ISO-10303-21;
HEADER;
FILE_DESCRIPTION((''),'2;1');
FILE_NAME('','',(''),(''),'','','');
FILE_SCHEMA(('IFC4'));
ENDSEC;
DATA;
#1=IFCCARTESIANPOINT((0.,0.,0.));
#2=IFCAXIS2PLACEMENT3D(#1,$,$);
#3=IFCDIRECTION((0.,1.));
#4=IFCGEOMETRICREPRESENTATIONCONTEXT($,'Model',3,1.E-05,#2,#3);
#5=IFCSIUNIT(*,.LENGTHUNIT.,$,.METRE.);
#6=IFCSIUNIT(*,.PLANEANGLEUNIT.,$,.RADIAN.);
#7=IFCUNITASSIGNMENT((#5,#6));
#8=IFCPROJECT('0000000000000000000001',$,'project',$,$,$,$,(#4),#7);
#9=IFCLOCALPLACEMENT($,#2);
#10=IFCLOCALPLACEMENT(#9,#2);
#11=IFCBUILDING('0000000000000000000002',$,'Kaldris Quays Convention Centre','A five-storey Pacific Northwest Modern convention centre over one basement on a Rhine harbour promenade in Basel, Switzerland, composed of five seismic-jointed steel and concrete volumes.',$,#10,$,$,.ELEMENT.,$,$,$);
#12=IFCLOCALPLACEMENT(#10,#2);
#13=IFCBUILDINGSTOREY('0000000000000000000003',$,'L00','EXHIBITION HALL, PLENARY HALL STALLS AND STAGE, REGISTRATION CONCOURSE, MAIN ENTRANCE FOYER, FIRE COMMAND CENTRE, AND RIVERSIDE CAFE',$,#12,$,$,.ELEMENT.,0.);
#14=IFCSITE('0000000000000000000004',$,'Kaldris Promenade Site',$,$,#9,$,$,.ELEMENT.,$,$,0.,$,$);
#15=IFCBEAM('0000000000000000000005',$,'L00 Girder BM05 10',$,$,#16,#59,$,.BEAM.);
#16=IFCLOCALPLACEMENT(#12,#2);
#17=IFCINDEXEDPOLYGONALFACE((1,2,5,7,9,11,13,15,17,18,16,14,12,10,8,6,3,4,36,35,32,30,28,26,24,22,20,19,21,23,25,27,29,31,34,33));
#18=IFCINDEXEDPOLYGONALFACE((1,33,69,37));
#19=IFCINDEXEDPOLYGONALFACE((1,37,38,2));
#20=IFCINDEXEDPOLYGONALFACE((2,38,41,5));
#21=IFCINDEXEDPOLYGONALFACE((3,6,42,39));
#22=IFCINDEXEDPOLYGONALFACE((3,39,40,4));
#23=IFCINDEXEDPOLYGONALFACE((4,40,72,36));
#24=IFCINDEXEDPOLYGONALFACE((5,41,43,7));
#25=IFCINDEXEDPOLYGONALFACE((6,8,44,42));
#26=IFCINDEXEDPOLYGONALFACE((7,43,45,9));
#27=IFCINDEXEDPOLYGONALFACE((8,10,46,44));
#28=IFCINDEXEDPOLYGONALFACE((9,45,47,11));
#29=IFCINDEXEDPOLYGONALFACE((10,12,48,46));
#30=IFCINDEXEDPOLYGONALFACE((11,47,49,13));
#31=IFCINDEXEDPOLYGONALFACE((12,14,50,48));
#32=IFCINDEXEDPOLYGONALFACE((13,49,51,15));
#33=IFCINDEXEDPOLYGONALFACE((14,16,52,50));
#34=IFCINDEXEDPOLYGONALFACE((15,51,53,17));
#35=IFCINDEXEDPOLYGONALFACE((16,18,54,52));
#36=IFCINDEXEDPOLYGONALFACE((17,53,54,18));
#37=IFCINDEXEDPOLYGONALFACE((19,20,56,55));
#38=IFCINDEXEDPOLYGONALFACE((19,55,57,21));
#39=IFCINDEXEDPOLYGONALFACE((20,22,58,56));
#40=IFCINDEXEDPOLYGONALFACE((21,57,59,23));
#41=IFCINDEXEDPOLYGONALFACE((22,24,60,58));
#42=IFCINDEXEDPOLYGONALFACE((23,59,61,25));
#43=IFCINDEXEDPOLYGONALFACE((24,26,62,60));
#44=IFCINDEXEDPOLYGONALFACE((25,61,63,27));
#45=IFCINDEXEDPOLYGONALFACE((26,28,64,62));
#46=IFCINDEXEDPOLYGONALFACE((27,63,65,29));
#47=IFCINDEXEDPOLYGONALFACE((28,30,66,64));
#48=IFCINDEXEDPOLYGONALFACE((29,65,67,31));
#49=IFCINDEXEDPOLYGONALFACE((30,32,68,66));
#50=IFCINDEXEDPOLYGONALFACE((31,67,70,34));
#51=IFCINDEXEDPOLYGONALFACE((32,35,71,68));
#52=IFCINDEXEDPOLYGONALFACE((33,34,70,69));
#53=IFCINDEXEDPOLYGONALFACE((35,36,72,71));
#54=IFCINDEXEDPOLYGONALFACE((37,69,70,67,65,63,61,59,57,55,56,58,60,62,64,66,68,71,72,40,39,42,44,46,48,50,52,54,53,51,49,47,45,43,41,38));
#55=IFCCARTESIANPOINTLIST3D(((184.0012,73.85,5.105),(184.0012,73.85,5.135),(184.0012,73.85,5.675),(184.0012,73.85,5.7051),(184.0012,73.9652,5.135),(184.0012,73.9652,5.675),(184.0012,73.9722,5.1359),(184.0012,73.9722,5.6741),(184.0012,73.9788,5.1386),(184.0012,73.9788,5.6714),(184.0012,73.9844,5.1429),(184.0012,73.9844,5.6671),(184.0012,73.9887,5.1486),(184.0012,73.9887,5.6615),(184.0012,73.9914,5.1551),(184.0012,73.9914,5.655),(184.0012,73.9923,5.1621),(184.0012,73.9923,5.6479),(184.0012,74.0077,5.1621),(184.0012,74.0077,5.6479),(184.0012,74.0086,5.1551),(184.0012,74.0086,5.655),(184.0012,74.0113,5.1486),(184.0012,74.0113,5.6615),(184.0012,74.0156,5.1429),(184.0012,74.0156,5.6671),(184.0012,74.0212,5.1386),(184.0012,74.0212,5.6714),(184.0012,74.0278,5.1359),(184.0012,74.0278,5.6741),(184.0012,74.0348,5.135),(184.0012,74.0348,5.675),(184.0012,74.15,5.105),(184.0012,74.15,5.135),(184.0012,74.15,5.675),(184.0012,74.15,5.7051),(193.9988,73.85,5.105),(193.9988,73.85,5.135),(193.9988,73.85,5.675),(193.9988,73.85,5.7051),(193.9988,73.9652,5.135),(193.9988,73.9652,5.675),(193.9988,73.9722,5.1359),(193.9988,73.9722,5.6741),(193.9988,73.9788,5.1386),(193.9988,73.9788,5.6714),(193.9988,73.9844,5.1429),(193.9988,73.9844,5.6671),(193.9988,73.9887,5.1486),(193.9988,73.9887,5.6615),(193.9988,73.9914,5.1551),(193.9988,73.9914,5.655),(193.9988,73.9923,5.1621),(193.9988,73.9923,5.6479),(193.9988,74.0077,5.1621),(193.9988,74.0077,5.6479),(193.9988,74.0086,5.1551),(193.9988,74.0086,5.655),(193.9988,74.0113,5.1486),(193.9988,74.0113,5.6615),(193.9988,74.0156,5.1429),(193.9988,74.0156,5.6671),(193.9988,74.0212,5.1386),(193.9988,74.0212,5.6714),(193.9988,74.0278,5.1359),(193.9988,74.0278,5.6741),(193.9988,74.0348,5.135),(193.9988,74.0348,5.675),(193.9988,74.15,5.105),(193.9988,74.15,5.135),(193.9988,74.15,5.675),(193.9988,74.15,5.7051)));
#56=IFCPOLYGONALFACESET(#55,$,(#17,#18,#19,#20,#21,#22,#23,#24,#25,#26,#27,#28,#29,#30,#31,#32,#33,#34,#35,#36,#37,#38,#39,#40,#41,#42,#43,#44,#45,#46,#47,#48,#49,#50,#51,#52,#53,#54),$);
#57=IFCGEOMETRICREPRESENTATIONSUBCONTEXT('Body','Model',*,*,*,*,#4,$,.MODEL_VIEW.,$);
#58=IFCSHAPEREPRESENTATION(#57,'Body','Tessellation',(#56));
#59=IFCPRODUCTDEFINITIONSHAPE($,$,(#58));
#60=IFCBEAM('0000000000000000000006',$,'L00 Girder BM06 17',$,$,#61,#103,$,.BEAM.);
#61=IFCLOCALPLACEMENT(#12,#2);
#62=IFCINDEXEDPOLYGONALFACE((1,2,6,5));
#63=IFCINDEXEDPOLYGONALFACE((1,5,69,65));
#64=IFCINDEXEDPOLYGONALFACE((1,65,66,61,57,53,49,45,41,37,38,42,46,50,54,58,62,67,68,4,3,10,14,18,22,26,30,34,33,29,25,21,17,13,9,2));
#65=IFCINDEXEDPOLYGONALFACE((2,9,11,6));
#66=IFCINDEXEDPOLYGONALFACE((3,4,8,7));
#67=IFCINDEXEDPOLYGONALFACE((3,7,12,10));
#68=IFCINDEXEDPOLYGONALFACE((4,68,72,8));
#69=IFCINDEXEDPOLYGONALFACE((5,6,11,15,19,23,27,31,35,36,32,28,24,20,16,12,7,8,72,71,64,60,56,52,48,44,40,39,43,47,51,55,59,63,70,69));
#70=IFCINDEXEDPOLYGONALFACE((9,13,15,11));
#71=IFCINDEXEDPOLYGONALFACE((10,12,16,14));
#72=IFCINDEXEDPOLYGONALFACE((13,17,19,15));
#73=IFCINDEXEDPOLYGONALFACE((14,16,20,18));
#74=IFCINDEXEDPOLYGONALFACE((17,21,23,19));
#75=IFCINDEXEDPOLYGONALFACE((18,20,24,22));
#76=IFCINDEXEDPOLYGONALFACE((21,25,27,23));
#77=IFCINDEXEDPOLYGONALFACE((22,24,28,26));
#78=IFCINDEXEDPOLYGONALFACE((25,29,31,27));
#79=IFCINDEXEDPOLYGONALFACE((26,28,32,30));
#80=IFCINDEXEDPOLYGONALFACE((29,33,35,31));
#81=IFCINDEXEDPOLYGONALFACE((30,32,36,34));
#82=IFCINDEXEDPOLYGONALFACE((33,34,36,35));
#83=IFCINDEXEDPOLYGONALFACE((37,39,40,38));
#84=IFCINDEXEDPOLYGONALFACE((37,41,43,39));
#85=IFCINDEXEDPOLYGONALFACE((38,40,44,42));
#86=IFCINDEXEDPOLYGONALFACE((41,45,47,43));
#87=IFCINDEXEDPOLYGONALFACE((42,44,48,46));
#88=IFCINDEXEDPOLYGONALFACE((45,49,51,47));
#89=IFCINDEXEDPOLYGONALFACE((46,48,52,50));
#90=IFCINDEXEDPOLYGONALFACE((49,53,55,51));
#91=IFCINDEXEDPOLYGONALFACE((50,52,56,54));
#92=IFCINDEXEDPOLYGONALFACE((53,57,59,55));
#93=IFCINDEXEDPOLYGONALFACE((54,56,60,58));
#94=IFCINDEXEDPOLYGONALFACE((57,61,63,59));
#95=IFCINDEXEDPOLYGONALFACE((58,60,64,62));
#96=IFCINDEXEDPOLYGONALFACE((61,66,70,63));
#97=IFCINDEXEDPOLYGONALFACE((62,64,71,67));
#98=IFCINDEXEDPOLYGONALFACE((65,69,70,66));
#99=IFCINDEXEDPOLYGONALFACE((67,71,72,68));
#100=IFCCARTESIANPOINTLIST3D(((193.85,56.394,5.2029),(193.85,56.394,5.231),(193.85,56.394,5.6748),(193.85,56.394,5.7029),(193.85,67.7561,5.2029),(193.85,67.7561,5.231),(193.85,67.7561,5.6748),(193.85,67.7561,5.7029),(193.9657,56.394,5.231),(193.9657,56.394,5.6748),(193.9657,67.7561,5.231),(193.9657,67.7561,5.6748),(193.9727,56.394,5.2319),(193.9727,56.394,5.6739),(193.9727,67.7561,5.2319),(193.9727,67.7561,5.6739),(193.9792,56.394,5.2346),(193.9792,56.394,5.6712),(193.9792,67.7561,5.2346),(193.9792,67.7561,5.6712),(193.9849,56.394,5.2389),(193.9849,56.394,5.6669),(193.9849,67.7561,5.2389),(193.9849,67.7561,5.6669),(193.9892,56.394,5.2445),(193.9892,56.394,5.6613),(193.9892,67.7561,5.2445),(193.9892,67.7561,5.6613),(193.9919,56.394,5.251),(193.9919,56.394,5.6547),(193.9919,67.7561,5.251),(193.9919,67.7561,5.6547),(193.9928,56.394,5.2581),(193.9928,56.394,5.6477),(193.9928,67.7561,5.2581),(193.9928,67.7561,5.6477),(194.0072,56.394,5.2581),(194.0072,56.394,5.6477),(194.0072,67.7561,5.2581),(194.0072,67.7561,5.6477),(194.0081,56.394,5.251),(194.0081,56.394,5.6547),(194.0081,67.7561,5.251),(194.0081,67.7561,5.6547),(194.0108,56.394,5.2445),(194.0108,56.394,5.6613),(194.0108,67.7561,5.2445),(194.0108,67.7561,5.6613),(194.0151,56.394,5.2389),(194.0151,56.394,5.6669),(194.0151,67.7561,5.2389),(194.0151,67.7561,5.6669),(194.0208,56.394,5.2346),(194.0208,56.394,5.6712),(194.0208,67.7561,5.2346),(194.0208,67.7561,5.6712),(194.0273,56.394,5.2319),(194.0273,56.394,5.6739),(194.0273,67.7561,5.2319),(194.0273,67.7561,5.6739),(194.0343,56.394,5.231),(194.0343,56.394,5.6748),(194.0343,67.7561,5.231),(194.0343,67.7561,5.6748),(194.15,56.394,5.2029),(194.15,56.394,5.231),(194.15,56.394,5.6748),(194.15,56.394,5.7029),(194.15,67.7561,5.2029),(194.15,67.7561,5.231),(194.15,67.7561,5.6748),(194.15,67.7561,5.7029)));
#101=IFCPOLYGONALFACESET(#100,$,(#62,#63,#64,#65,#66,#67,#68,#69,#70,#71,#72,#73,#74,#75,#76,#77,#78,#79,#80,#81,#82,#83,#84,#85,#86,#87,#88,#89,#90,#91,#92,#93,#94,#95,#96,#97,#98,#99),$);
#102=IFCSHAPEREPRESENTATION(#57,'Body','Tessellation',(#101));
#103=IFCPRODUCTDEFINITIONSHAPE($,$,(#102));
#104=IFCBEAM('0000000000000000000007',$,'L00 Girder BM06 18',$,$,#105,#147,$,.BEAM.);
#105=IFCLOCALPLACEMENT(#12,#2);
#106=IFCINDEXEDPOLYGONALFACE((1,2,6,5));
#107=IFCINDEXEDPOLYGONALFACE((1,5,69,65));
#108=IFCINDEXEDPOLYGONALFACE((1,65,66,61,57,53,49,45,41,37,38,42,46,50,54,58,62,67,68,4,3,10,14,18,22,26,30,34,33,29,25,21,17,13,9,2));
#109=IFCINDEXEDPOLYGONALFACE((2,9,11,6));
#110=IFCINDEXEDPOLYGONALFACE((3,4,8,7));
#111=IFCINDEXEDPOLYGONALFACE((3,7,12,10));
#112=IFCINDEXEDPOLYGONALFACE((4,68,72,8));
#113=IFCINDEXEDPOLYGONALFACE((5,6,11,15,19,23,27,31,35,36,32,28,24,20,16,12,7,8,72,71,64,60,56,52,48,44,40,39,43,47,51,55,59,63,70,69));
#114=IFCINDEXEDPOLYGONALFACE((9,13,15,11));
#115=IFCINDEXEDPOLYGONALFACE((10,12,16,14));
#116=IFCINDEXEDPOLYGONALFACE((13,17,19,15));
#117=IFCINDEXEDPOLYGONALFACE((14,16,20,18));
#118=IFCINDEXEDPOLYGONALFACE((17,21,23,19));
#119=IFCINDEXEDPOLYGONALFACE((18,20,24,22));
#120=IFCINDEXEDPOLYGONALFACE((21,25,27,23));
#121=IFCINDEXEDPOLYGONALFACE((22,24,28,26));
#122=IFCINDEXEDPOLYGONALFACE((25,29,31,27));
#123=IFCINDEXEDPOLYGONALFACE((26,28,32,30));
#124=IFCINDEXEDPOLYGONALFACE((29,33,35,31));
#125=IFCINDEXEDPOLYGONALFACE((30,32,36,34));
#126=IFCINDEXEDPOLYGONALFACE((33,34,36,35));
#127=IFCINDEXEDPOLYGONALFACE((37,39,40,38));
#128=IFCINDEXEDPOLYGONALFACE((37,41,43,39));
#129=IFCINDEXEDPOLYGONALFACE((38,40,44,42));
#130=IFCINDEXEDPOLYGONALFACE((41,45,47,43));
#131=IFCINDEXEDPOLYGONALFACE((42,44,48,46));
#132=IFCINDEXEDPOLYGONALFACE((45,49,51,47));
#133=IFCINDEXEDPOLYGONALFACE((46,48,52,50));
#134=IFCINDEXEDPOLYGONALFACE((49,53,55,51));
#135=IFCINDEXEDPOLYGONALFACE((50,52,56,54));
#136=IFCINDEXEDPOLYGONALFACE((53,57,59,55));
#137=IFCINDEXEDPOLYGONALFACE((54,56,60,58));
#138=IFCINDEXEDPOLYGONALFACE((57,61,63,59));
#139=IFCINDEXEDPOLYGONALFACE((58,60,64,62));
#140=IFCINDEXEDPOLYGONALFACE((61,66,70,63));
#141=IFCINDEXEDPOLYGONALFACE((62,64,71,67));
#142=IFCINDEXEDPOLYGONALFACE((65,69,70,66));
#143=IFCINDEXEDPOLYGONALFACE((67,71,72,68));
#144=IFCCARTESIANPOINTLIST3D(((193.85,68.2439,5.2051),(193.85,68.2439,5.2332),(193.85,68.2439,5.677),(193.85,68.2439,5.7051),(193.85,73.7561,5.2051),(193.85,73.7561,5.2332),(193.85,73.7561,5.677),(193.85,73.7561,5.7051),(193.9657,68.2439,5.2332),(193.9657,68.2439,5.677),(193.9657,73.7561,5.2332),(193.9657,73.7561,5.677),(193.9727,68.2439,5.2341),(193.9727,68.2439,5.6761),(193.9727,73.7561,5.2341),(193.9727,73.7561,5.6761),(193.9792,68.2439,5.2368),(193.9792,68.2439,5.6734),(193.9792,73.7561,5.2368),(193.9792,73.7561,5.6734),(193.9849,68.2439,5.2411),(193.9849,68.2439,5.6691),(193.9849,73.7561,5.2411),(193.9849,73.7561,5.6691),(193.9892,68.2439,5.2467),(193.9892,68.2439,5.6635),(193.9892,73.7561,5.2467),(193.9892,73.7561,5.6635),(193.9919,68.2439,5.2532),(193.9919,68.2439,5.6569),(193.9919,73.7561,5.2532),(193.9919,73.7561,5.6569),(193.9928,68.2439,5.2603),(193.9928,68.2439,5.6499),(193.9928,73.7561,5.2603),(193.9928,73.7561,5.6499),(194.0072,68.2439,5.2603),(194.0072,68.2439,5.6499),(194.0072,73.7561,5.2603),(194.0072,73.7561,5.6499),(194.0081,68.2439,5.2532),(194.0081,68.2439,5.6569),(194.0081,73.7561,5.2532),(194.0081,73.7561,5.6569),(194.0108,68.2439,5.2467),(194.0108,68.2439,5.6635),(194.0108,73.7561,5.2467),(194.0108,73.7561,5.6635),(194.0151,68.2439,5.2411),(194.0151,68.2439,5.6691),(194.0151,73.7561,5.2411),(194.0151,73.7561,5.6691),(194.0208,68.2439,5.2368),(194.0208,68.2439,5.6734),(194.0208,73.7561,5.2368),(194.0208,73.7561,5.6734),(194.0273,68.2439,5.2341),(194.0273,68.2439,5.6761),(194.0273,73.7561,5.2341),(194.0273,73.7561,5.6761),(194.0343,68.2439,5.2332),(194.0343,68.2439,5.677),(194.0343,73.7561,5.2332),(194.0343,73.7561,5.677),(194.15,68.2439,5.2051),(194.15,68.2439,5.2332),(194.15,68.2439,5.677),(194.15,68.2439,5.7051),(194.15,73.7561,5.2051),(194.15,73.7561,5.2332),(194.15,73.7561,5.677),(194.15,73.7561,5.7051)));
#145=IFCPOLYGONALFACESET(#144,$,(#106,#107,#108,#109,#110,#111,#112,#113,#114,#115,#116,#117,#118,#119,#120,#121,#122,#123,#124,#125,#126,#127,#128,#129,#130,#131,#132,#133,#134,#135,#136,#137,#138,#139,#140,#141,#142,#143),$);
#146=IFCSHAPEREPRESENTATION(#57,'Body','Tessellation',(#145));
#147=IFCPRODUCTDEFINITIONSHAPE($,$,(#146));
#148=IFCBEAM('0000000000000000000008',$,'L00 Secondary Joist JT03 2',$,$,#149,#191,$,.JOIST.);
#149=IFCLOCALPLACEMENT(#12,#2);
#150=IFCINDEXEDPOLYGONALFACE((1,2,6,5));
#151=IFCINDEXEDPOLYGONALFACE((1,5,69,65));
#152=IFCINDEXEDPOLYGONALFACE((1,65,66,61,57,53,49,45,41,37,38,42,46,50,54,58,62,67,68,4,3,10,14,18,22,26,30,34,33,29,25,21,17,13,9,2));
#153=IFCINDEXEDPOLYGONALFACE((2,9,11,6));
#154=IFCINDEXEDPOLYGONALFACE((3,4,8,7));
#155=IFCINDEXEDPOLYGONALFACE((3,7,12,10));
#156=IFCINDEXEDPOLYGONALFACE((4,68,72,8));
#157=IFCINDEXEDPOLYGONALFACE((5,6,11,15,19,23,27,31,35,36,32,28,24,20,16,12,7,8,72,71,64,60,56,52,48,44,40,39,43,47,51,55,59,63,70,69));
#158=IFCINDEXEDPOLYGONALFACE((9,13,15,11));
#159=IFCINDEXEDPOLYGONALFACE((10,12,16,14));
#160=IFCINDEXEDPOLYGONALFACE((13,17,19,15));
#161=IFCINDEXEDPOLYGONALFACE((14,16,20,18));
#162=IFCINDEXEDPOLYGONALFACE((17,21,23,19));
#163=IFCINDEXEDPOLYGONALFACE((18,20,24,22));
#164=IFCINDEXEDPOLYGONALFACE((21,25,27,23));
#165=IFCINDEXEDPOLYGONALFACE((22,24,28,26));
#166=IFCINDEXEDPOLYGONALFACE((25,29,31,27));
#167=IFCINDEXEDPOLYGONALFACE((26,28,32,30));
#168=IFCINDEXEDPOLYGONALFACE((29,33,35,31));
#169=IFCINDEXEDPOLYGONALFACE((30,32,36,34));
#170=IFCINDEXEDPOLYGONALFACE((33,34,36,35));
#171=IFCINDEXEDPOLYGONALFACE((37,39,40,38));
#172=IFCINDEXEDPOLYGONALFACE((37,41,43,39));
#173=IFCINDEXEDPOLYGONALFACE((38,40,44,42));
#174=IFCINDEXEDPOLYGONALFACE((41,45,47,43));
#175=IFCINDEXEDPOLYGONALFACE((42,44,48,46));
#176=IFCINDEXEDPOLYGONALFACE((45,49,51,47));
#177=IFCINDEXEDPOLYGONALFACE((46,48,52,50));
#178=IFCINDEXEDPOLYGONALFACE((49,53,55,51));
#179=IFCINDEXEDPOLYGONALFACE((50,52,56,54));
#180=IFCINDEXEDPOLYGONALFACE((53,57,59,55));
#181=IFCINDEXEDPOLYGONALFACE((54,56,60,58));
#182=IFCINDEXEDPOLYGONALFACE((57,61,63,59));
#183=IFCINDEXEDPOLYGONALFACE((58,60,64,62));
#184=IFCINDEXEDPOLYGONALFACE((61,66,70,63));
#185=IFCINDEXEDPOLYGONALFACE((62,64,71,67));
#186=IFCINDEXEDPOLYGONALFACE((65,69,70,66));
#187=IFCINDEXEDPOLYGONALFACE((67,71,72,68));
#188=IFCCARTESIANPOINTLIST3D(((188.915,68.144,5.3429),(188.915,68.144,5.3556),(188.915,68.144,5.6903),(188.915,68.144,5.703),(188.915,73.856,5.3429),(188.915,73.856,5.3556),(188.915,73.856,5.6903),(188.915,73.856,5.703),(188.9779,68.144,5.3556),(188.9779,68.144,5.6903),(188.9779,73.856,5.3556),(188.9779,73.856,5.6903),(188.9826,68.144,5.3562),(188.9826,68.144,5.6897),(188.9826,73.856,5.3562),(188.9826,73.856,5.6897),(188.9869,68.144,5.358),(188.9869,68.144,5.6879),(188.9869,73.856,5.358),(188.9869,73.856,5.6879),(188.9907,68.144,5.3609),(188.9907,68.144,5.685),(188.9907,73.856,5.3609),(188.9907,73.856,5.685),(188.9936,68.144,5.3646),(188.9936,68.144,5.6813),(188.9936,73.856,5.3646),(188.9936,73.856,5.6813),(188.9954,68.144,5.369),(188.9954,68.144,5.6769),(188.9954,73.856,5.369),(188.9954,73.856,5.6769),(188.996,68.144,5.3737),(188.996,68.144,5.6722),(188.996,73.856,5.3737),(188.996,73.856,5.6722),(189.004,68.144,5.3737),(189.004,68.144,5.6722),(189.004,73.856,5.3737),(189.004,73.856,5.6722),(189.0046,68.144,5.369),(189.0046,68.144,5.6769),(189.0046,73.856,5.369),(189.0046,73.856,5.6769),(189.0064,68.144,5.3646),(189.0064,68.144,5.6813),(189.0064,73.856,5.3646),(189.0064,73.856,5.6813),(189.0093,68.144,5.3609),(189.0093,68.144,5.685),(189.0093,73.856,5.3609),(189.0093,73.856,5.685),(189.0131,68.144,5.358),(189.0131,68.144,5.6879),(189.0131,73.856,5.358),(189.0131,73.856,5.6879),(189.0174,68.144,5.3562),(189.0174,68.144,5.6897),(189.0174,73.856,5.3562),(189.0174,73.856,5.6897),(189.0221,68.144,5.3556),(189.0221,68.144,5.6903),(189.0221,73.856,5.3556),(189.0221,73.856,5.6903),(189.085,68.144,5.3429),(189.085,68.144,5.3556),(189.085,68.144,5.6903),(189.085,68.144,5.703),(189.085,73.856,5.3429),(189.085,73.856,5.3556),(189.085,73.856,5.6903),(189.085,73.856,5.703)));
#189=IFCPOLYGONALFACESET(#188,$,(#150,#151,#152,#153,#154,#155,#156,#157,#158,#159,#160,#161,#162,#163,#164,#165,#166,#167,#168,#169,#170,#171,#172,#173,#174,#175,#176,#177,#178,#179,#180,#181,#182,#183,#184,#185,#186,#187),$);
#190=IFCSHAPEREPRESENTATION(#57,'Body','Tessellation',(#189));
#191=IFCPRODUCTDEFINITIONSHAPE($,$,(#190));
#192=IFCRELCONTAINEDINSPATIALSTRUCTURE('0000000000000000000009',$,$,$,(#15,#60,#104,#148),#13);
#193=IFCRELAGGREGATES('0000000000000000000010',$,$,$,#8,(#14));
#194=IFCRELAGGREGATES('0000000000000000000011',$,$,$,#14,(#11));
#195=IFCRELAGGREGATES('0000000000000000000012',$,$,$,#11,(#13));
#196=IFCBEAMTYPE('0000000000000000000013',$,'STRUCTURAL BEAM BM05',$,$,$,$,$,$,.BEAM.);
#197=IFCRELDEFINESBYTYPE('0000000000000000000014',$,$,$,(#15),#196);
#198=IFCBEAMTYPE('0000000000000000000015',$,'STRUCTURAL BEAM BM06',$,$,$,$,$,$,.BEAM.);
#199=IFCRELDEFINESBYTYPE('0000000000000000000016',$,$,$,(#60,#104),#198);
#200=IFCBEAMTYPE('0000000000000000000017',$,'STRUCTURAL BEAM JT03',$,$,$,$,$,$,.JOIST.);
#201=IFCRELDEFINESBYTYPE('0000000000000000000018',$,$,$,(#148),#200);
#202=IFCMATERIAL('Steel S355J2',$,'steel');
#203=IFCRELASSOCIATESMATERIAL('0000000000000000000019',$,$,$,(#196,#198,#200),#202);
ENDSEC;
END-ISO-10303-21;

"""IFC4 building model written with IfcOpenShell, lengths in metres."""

from ifc_helpers import new_model, si_unit, direction, frame, origin, origin_2d, place, context, subcontext, project, spatial, i_section, extrude, material, material_profile, profile_set, type_object, element, save


model = new_model("IFC4")

# Units and contexts
model_context = context("Model", 3, precision=1e-05, world=origin(), true_north=direction((0.0, 1.0)))
body_context = subcontext(model_context, "Body", "Model", "MODEL_VIEW")
ifc_project = project(units=[si_unit("LENGTHUNIT", "METRE"), si_unit("PLANEANGLEUNIT", "RADIAN")], contexts=[model_context])

# Site, building, storey
site_placement = place(None, origin())
site = spatial("IfcSite", under=ifc_project, at=site_placement, Name="Kaldris Promenade Site", CompositionType="ELEMENT", RefElevation=0.0)
building_placement = place(site_placement, origin())
building = spatial("IfcBuilding", under=site, at=building_placement, Name="Kaldris Quays Convention Centre", Description="A five-storey Pacific Northwest Modern convention centre over one basement on a Rhine harbour promenade in Basel, Switzerland, composed of five seismic-jointed steel and concrete volumes.", CompositionType="ELEMENT")
storey_placement = place(building_placement, origin())
storey = spatial("IfcBuildingStorey", under=building, at=storey_placement, Name="L00", Description="EXHIBITION HALL, PLENARY HALL STALLS AND STAGE, REGISTRATION CONCOURSE, MAIN ENTRANCE FOYER, FIRE COMMAND CENTRE, AND RIVERSIDE CAFE", CompositionType="ELEMENT", Elevation=0.0)

# Shared definitions
ifc_material_1 = material(Name="Steel S355J2", Category="steel")

# Beams
ifc_material_profile_1 = material_profile(ifc_material_1, i_section(OverallWidth=0.3, OverallDepth=0.6001, WebThickness=0.0154, FlangeThickness=0.03, FilletRadius=0.0271, at=origin_2d()), Name="HEB 600")
ifc_profile_set_1 = profile_set([ifc_material_profile_1], Name="Steel S355J2")
beam_type_1 = type_object("IfcBeamType", Name="STRUCTURAL BEAM BM05", PredefinedType="BEAM", material=ifc_profile_set_1)
beam_1_placement = place(storey_placement, frame((184.0012, 74.0, 5.405), z_axis=(1.0, 0.0, 0.0), x_axis=(0.0, 1.0, 0.0)))
element("IfcBeam", 1, at=beam_1_placement, inside=storey, type_object=beam_type_1, Name="L00 Girder BM05 10", PredefinedType="BEAM", context=body_context, shape_type="SweptSolid", body=[
    extrude(i_section(OverallWidth=0.3, OverallDepth=0.6001, WebThickness=0.0154, FlangeThickness=0.03, FilletRadius=0.0271, at=origin_2d()), origin(), (0.0, 0.0, 1.0), 9.9976),
])
ifc_material_profile_2 = material_profile(ifc_material_1, i_section(OverallWidth=0.3, OverallDepth=0.5, WebThickness=0.0144, FlangeThickness=0.0281, FilletRadius=0.0271, at=origin_2d()), Name="HEB 500")
ifc_profile_set_2 = profile_set([ifc_material_profile_2], Name="Steel S355J2")
beam_type_2 = type_object("IfcBeamType", Name="STRUCTURAL BEAM BM06", PredefinedType="BEAM", material=ifc_profile_set_2)
beam_2_placement = place(storey_placement, frame((194.0, 56.394, 5.4529), z_axis=(0.0, 1.0, 0.0), x_axis=(-1.0, 0.0, 0.0)))
element("IfcBeam", 2, at=beam_2_placement, inside=storey, type_object=beam_type_2, Name="L00 Girder BM06 17", PredefinedType="BEAM", context=body_context, shape_type="SweptSolid", body=[
    extrude(i_section(OverallWidth=0.3, OverallDepth=0.5, WebThickness=0.0144, FlangeThickness=0.0281, FilletRadius=0.0271, at=origin_2d()), origin(), (0.0, 0.0, 1.0), 11.3621),
])
beam_3_placement = place(storey_placement, frame((194.0, 68.2439, 5.4551), z_axis=(0.0, 1.0, 0.0), x_axis=(-1.0, 0.0, 0.0)))
element("IfcBeam", 3, at=beam_3_placement, inside=storey, type_object=beam_type_2, Name="L00 Girder BM06 18", PredefinedType="BEAM", context=body_context, shape_type="SweptSolid", body=[
    extrude(i_section(OverallWidth=0.3, OverallDepth=0.5, WebThickness=0.0144, FlangeThickness=0.0281, FilletRadius=0.0271, at=origin_2d()), origin(), (0.0, 0.0, 1.0), 5.5122),
])
ifc_material_profile_3 = material_profile(ifc_material_1, i_section(OverallWidth=0.1699, OverallDepth=0.3601, WebThickness=0.0081, FlangeThickness=0.0127, FilletRadius=0.0181, at=origin_2d()), Name="IPE 360")
ifc_profile_set_3 = profile_set([ifc_material_profile_3], Name="Steel S355J2")
beam_type_3 = type_object("IfcBeamType", Name="STRUCTURAL BEAM JT03", PredefinedType="JOIST", material=ifc_profile_set_3)
beam_4_placement = place(storey_placement, frame((189.0, 68.144, 5.5229), z_axis=(0.0, 1.0, 0.0), x_axis=(-1.0, 0.0, 0.0)))
element("IfcBeam", 4, at=beam_4_placement, inside=storey, type_object=beam_type_3, Name="L00 Secondary Joist JT03 2", PredefinedType="JOIST", context=body_context, shape_type="SweptSolid", body=[
    extrude(i_section(OverallWidth=0.1699, OverallDepth=0.3601, WebThickness=0.0081, FlangeThickness=0.0127, FilletRadius=0.0181, at=origin_2d()), origin(), (0.0, 0.0, 1.0), 5.7119),
])

save(model, "model.ifc")
